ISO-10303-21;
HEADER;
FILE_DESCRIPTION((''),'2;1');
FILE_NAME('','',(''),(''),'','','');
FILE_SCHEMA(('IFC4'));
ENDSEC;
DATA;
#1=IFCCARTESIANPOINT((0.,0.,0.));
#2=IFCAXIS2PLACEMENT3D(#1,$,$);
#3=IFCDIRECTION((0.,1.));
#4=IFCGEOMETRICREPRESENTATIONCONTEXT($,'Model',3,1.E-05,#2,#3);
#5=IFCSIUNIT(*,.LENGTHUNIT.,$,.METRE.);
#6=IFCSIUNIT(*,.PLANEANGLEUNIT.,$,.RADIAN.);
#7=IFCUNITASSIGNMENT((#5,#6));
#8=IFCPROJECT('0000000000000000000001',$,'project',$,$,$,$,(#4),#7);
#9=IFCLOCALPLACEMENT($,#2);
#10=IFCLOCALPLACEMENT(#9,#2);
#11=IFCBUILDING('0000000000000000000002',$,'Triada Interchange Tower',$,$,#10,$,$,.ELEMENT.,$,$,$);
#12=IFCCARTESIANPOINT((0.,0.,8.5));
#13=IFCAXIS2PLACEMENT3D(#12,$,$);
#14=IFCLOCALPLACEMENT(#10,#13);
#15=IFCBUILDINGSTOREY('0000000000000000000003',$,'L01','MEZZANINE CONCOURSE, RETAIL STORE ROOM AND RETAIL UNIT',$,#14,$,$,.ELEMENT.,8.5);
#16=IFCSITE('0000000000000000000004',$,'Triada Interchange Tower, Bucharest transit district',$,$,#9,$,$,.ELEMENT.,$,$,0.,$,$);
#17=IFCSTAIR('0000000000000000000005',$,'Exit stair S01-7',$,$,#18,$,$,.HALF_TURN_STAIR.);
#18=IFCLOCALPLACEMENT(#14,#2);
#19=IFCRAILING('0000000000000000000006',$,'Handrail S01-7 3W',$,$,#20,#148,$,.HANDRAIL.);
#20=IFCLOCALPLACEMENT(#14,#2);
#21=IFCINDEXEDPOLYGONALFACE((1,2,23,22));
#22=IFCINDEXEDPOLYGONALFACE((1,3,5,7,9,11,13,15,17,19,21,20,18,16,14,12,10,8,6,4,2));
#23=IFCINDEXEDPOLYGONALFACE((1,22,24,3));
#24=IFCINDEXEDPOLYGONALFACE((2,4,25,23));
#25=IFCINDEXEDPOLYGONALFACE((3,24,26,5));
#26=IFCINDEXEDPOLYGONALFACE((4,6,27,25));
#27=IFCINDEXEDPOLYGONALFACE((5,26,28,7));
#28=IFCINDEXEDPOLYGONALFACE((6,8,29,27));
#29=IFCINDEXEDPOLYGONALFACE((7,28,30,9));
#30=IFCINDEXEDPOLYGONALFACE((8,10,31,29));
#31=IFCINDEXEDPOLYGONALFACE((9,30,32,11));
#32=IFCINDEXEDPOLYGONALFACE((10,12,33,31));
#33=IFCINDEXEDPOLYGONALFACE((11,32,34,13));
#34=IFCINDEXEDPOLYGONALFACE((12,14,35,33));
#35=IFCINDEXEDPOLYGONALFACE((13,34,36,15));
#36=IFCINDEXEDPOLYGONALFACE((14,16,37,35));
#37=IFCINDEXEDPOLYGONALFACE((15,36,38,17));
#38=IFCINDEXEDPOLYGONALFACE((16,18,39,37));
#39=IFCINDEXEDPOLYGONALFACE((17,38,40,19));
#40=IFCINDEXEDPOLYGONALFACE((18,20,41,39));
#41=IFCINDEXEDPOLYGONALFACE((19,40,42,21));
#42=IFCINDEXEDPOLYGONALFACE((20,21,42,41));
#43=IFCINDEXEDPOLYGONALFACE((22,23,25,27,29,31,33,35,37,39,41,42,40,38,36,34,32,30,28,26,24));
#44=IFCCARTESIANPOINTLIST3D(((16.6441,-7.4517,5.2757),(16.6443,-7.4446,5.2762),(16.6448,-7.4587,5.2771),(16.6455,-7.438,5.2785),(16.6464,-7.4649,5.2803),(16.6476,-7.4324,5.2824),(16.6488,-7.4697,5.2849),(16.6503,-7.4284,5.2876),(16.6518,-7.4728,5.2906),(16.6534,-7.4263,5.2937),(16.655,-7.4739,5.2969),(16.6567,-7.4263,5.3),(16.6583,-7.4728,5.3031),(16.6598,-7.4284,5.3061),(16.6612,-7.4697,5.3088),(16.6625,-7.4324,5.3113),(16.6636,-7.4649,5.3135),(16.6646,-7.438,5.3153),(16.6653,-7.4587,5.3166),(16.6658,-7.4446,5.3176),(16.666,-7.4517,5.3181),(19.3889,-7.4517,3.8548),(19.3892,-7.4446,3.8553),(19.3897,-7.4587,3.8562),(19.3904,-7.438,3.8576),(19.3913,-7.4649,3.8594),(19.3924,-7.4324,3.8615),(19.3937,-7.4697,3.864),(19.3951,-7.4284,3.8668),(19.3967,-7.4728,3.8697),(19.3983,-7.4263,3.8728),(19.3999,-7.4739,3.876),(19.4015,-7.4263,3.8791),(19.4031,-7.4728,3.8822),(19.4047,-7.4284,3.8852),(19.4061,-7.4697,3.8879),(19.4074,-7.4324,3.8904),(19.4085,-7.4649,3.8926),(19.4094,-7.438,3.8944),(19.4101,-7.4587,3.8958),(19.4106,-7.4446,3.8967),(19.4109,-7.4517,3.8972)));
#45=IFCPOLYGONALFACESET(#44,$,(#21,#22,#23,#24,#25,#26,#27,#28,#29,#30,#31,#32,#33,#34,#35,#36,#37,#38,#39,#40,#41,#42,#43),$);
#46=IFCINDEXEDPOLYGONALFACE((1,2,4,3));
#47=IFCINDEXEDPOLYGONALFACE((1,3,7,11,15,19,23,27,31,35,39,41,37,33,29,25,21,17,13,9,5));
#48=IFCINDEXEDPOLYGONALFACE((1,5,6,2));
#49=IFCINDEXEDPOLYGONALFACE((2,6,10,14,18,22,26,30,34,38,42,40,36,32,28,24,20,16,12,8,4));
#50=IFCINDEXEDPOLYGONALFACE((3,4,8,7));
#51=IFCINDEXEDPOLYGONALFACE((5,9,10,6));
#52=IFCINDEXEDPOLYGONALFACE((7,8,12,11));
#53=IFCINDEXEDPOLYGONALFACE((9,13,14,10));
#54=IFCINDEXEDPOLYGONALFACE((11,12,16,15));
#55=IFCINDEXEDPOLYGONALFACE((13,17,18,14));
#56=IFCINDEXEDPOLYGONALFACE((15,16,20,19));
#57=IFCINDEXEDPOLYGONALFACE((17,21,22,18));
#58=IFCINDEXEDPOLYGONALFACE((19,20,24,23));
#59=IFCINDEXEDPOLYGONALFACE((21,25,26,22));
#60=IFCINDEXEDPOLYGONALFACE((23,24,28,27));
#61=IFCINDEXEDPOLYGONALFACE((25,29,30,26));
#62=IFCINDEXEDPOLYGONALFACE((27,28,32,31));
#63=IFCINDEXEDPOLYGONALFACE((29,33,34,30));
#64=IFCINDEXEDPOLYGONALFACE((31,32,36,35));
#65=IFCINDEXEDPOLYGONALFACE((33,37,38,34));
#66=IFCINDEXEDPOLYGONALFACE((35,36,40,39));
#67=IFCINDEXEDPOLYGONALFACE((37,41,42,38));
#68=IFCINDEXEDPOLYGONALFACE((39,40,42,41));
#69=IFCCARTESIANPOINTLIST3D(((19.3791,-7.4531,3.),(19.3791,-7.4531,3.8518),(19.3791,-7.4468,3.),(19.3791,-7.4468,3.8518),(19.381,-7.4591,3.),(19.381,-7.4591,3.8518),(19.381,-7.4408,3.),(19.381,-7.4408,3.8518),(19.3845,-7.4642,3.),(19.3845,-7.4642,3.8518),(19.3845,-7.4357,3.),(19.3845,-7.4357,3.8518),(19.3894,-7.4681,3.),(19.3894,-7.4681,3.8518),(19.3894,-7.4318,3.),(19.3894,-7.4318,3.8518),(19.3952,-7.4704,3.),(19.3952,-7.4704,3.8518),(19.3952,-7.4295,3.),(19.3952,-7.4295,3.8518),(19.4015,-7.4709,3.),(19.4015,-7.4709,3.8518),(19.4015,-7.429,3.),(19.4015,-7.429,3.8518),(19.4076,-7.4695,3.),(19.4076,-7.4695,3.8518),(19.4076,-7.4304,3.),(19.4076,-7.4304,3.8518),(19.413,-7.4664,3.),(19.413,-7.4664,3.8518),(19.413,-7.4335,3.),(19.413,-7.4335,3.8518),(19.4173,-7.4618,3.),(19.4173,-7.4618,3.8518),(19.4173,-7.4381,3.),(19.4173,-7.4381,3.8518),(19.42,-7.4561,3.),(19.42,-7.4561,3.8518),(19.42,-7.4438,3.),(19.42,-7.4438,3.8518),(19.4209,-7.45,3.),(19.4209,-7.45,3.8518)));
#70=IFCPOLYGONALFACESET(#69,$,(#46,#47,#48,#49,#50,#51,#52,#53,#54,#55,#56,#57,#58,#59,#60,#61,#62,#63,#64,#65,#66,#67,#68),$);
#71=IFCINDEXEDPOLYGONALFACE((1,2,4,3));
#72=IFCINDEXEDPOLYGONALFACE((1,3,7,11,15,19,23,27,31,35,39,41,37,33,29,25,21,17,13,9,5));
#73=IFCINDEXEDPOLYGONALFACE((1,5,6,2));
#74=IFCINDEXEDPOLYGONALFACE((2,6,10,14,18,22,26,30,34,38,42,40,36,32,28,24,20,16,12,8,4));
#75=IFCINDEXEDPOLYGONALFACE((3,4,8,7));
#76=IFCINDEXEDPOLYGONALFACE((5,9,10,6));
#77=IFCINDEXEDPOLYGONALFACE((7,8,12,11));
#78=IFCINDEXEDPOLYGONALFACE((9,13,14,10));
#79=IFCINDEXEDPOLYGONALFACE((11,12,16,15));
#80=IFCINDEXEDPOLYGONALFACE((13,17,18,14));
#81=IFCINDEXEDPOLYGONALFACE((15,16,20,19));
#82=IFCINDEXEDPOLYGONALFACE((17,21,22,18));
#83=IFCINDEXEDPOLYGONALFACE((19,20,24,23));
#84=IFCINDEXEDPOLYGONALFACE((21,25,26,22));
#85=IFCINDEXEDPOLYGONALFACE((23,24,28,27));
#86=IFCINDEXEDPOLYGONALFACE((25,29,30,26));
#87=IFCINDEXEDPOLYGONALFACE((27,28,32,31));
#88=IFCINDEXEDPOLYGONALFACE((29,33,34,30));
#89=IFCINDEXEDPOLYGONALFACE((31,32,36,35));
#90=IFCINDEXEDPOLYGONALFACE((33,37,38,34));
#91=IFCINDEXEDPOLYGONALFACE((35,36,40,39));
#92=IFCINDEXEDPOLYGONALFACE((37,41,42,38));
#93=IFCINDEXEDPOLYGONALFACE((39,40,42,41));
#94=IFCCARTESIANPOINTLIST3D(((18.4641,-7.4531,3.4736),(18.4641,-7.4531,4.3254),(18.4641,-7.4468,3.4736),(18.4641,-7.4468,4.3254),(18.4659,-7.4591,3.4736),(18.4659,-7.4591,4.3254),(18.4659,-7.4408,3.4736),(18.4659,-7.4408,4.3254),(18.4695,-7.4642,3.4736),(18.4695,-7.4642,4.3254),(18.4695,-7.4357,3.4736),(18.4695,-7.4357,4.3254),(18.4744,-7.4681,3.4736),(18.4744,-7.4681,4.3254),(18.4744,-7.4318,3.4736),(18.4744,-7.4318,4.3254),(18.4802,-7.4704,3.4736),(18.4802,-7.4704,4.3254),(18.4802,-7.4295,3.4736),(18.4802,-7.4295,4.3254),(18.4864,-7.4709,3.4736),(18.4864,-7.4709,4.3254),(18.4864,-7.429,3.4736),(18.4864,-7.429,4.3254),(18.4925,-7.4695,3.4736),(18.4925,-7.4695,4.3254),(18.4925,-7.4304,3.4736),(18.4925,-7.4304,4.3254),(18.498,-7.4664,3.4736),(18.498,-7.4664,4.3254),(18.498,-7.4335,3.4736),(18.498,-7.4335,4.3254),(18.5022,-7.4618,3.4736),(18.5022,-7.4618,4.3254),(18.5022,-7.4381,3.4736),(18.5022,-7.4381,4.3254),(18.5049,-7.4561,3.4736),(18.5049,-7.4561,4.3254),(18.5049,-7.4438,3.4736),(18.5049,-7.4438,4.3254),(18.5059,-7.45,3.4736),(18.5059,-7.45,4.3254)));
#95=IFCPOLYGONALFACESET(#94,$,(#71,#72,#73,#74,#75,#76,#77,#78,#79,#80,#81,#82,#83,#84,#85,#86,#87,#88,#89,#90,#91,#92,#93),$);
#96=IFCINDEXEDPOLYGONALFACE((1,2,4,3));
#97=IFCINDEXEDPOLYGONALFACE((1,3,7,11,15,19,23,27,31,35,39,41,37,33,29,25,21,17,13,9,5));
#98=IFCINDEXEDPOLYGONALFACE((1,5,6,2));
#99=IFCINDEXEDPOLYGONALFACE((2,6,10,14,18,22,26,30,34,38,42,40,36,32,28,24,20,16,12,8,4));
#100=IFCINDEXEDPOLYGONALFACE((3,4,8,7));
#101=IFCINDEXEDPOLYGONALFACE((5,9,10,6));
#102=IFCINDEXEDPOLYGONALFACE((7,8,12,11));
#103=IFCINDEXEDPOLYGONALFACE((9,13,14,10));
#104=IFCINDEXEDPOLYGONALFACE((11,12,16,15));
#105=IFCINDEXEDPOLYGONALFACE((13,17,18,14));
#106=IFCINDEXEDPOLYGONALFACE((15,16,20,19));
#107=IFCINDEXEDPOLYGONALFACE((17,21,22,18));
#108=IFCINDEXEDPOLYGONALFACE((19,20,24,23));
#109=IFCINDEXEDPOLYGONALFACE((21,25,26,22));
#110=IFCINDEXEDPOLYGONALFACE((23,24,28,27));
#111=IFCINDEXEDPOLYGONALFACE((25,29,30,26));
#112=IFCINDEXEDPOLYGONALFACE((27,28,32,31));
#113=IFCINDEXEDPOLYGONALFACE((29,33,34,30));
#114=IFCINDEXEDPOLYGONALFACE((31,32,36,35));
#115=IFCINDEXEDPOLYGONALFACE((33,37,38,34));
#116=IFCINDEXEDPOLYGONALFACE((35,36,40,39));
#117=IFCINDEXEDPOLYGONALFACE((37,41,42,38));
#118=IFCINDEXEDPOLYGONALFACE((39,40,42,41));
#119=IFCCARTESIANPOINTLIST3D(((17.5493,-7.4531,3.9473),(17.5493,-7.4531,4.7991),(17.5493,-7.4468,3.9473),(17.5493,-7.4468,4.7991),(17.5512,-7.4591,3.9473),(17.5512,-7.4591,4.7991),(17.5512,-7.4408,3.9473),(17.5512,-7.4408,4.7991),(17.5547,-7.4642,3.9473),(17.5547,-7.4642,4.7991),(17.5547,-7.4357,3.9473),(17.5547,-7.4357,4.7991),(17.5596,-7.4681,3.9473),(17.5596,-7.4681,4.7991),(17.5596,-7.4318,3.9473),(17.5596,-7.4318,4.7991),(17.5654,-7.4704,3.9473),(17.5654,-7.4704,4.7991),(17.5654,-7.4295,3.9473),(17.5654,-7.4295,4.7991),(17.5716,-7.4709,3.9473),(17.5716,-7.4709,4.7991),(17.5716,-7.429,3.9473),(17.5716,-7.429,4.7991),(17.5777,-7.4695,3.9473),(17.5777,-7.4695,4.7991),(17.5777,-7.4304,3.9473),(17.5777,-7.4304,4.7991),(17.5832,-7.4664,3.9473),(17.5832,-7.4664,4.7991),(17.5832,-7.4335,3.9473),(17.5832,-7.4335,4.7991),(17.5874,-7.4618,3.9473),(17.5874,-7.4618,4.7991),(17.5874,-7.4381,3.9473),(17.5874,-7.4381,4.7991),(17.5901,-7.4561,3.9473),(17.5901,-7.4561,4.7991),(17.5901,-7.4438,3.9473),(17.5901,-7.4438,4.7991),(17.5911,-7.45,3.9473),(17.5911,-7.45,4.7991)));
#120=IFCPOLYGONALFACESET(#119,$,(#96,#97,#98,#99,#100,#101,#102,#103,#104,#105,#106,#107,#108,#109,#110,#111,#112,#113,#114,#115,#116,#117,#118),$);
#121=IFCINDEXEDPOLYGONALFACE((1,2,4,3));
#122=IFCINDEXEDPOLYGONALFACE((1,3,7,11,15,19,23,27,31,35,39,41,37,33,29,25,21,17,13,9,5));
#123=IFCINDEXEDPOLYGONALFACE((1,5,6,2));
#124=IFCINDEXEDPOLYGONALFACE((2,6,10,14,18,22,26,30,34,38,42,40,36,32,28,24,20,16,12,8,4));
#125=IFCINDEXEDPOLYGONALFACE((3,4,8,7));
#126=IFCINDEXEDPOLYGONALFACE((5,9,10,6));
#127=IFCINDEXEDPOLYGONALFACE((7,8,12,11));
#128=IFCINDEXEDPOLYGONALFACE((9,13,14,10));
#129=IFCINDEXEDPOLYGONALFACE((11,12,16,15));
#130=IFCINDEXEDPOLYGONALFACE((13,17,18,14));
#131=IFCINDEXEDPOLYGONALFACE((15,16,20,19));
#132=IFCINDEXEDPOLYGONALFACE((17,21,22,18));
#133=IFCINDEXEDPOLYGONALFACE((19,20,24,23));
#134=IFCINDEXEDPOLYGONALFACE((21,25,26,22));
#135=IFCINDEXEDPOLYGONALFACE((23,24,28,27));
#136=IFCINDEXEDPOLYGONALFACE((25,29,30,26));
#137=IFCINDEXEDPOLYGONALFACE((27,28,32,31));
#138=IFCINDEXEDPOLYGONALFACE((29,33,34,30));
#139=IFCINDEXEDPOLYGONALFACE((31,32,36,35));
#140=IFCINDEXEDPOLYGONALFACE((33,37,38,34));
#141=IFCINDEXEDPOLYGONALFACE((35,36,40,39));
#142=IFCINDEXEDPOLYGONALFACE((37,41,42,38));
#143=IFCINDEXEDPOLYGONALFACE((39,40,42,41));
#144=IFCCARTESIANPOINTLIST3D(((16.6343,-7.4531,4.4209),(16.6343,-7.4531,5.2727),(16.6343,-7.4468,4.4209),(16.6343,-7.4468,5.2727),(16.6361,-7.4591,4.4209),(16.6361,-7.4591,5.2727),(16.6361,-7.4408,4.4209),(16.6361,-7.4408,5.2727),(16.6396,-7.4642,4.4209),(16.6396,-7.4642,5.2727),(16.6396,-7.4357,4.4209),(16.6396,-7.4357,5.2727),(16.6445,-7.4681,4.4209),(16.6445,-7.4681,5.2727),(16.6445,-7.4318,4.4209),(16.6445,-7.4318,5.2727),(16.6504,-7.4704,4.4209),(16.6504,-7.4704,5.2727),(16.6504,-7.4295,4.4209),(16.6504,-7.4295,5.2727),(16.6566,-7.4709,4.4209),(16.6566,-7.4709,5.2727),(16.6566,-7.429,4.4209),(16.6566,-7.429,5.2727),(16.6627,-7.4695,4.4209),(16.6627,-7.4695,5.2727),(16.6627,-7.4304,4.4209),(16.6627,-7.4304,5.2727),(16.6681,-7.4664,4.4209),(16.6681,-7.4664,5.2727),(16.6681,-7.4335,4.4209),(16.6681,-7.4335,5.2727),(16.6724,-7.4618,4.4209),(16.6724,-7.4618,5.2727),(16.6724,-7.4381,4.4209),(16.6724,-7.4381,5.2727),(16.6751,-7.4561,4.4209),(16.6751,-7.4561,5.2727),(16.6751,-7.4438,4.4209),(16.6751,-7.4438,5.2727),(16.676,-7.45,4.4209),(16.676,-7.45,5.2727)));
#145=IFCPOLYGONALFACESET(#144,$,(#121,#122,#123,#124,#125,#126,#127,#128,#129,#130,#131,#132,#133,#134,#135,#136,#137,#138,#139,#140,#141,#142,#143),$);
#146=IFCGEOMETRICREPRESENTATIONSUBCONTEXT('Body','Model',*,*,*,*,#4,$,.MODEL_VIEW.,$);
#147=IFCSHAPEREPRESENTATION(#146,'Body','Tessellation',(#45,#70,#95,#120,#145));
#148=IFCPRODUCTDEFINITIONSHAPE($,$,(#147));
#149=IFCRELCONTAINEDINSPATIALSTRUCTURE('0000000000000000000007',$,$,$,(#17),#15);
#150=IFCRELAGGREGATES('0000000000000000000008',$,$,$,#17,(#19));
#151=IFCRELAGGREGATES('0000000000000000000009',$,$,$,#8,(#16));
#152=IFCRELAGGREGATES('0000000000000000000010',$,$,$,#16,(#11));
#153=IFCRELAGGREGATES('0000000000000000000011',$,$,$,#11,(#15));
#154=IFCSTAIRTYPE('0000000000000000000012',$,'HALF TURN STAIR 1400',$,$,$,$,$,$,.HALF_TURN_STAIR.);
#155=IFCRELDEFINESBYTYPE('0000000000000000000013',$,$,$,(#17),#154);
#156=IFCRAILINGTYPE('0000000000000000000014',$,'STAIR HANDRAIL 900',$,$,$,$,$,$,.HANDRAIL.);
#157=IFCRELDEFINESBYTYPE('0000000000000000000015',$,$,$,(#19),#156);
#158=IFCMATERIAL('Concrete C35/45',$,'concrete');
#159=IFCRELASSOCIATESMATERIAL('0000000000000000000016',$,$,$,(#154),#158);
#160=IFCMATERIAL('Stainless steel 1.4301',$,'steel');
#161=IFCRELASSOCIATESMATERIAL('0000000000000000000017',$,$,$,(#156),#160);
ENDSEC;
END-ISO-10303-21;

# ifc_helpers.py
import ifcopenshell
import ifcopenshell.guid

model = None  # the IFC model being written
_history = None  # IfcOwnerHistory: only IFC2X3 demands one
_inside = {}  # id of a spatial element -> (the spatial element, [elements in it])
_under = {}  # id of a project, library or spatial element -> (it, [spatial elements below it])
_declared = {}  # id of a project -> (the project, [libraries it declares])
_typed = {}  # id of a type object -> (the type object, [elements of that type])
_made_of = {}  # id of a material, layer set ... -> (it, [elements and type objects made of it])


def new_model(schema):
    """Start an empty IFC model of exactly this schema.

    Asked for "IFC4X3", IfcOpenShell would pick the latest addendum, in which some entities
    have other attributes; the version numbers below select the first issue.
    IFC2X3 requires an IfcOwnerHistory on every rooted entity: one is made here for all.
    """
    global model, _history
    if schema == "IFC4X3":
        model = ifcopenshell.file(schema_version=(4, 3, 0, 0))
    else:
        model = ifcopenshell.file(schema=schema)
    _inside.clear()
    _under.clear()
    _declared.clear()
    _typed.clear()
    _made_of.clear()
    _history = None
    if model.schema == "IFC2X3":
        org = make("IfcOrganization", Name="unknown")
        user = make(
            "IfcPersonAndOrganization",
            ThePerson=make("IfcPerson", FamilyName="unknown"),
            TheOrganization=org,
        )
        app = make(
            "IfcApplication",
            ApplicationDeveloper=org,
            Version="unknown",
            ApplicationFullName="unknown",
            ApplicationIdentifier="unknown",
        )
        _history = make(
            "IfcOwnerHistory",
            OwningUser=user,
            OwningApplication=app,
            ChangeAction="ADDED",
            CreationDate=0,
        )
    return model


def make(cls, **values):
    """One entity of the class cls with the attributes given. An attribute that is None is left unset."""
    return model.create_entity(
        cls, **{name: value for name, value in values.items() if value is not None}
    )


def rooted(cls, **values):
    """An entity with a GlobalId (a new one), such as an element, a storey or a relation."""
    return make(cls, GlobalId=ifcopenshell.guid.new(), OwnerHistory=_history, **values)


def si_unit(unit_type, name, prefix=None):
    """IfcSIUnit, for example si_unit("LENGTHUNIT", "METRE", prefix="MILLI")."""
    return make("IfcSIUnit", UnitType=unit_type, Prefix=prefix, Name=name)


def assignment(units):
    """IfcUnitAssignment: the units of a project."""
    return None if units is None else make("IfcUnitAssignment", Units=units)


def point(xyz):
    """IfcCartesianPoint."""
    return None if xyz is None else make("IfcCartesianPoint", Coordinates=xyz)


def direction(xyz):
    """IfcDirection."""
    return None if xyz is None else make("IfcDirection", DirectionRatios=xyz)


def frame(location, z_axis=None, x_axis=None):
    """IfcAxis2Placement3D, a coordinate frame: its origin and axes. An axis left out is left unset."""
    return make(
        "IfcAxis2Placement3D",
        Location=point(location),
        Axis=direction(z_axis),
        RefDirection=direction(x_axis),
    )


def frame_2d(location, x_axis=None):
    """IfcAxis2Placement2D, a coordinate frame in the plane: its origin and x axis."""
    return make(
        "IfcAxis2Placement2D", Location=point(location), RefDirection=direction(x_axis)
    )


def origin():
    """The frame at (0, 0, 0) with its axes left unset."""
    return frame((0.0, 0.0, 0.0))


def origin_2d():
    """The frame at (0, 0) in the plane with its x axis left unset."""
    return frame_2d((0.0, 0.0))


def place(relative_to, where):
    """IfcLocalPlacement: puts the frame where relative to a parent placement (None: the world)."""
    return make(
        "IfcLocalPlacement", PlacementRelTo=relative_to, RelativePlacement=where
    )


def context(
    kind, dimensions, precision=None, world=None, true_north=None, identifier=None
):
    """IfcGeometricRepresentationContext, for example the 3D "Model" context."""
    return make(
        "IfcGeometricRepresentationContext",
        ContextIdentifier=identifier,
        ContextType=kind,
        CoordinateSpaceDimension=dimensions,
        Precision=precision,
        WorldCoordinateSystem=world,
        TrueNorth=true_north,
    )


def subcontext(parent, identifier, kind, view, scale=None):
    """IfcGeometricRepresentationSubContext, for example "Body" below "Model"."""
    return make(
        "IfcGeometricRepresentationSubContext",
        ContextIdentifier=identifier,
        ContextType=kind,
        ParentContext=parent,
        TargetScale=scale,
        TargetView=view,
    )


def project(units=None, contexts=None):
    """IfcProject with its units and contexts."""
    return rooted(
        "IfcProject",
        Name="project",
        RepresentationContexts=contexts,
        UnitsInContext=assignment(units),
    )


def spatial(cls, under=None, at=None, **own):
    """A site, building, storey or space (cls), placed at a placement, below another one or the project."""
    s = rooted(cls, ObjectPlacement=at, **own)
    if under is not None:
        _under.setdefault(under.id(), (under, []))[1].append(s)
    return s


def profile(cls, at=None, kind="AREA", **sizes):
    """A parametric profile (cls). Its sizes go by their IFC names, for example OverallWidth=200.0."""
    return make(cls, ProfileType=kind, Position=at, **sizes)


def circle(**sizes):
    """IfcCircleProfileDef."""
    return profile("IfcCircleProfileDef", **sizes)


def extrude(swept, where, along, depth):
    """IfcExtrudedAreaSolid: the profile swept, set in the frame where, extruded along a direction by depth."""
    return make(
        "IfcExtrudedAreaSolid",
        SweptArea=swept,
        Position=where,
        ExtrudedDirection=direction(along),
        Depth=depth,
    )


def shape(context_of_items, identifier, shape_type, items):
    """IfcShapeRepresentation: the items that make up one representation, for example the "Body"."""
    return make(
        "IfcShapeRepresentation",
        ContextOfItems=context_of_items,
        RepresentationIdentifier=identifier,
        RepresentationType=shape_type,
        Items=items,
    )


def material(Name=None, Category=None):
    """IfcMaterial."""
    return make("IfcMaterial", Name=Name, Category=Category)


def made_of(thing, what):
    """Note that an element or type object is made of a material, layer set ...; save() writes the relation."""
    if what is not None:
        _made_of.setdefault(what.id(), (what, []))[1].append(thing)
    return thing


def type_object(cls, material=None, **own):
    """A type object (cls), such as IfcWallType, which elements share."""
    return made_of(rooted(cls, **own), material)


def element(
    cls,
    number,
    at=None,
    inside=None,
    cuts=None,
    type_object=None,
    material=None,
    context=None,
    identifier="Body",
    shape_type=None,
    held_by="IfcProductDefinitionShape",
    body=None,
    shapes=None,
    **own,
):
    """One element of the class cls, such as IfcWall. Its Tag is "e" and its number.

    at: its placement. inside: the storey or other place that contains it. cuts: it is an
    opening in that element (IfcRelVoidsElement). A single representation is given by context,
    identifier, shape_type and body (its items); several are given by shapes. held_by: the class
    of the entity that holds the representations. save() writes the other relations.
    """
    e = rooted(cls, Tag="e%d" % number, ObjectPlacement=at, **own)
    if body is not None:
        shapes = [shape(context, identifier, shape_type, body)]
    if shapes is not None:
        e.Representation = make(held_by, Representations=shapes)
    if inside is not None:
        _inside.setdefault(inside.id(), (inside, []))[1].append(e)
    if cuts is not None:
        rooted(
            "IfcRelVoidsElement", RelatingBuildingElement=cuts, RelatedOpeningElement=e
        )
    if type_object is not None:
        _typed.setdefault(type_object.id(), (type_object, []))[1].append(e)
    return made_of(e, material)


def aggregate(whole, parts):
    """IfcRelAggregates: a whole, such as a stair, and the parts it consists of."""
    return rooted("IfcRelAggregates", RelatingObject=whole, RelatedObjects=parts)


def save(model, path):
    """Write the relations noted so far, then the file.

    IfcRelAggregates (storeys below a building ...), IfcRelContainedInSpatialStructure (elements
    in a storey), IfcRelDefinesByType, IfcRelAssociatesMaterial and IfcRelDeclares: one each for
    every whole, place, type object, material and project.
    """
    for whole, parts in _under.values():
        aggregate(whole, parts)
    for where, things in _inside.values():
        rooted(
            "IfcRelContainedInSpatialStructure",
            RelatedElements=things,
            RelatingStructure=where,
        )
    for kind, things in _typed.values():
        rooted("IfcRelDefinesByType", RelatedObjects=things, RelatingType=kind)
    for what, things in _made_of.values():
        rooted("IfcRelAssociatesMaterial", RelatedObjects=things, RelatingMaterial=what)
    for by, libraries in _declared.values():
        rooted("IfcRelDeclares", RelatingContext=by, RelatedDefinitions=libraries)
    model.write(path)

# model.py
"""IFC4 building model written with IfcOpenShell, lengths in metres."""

from ifc_helpers import new_model, si_unit, direction, frame, origin, origin_2d, place, context, subcontext, project, spatial, circle, extrude, material, type_object, element, aggregate, save


model = new_model("IFC4")

# Units and contexts
model_context = context("Model", 3, precision=1e-05, world=origin(), true_north=direction((0.0, 1.0)))
body_context = subcontext(model_context, "Body", "Model", "MODEL_VIEW")
ifc_project = project(units=[si_unit("LENGTHUNIT", "METRE"), si_unit("PLANEANGLEUNIT", "RADIAN")], contexts=[model_context])

# Site, building, storey
site_placement = place(None, origin())
site = spatial("IfcSite", under=ifc_project, at=site_placement, Name="Triada Interchange Tower, Bucharest transit district", CompositionType="ELEMENT", RefElevation=0.0)
building_placement = place(site_placement, origin())
building = spatial("IfcBuilding", under=site, at=building_placement, Name="Triada Interchange Tower", CompositionType="ELEMENT")
storey_placement = place(building_placement, frame((0.0, 0.0, 8.5)))
storey = spatial("IfcBuildingStorey", under=building, at=storey_placement, Name="L01", Description="MEZZANINE CONCOURSE, RETAIL STORE ROOM AND RETAIL UNIT", CompositionType="ELEMENT", Elevation=8.5)

# Shared definitions
ifc_material_1 = material(Name="Concrete C35/45", Category="concrete")

# Stair, railing
stair_type = type_object("IfcStairType", Name="HALF TURN STAIR 1400", PredefinedType="HALF_TURN_STAIR", material=ifc_material_1)
stair_placement = place(storey_placement, origin())
stair = element("IfcStair", 1, at=stair_placement, inside=storey, type_object=stair_type, Name="Exit stair S01-7", PredefinedType="HALF_TURN_STAIR")
ifc_material_2 = material(Name="Stainless steel 1.4301", Category="steel")
railing_type_1 = type_object("IfcRailingType", Name="STAIR HANDRAIL 900", PredefinedType="HANDRAIL", material=ifc_material_2)
railing_1_placement = place(storey_placement, frame((19.3999, -7.45, 3.0)))
railing_1 = element("IfcRailing", 2, at=railing_1_placement, type_object=railing_type_1, Name="Handrail S01-7 3W", PredefinedType="HANDRAIL", context=body_context, shape_type="SweptSolid", body=[
    extrude(circle(Radius=0.0239, at=origin_2d()), frame((0.0, 0.0, 0.876), z_axis=(-0.888068, 0.0, 0.459713), x_axis=(0.0, -1.0, 0.0)), (0.0, 0.0, 1.0), 3.0908),
    extrude(circle(Radius=0.021, at=origin_2d()), origin(), (0.0, 0.0, 1.0), 0.8518),
    extrude(circle(Radius=0.021, at=origin_2d()), frame((-0.915, 0.0, 0.4736)), (0.0, 0.0, 1.0), 0.8518),
    extrude(circle(Radius=0.021, at=origin_2d()), frame((-1.8298, 0.0, 0.9473)), (0.0, 0.0, 1.0), 0.8518),
    extrude(circle(Radius=0.021, at=origin_2d()), frame((-2.7449, 0.0, 1.4209)), (0.0, 0.0, 1.0), 0.8518),
])
aggregate(stair, [railing_1])

save(model, "model.ifc")
